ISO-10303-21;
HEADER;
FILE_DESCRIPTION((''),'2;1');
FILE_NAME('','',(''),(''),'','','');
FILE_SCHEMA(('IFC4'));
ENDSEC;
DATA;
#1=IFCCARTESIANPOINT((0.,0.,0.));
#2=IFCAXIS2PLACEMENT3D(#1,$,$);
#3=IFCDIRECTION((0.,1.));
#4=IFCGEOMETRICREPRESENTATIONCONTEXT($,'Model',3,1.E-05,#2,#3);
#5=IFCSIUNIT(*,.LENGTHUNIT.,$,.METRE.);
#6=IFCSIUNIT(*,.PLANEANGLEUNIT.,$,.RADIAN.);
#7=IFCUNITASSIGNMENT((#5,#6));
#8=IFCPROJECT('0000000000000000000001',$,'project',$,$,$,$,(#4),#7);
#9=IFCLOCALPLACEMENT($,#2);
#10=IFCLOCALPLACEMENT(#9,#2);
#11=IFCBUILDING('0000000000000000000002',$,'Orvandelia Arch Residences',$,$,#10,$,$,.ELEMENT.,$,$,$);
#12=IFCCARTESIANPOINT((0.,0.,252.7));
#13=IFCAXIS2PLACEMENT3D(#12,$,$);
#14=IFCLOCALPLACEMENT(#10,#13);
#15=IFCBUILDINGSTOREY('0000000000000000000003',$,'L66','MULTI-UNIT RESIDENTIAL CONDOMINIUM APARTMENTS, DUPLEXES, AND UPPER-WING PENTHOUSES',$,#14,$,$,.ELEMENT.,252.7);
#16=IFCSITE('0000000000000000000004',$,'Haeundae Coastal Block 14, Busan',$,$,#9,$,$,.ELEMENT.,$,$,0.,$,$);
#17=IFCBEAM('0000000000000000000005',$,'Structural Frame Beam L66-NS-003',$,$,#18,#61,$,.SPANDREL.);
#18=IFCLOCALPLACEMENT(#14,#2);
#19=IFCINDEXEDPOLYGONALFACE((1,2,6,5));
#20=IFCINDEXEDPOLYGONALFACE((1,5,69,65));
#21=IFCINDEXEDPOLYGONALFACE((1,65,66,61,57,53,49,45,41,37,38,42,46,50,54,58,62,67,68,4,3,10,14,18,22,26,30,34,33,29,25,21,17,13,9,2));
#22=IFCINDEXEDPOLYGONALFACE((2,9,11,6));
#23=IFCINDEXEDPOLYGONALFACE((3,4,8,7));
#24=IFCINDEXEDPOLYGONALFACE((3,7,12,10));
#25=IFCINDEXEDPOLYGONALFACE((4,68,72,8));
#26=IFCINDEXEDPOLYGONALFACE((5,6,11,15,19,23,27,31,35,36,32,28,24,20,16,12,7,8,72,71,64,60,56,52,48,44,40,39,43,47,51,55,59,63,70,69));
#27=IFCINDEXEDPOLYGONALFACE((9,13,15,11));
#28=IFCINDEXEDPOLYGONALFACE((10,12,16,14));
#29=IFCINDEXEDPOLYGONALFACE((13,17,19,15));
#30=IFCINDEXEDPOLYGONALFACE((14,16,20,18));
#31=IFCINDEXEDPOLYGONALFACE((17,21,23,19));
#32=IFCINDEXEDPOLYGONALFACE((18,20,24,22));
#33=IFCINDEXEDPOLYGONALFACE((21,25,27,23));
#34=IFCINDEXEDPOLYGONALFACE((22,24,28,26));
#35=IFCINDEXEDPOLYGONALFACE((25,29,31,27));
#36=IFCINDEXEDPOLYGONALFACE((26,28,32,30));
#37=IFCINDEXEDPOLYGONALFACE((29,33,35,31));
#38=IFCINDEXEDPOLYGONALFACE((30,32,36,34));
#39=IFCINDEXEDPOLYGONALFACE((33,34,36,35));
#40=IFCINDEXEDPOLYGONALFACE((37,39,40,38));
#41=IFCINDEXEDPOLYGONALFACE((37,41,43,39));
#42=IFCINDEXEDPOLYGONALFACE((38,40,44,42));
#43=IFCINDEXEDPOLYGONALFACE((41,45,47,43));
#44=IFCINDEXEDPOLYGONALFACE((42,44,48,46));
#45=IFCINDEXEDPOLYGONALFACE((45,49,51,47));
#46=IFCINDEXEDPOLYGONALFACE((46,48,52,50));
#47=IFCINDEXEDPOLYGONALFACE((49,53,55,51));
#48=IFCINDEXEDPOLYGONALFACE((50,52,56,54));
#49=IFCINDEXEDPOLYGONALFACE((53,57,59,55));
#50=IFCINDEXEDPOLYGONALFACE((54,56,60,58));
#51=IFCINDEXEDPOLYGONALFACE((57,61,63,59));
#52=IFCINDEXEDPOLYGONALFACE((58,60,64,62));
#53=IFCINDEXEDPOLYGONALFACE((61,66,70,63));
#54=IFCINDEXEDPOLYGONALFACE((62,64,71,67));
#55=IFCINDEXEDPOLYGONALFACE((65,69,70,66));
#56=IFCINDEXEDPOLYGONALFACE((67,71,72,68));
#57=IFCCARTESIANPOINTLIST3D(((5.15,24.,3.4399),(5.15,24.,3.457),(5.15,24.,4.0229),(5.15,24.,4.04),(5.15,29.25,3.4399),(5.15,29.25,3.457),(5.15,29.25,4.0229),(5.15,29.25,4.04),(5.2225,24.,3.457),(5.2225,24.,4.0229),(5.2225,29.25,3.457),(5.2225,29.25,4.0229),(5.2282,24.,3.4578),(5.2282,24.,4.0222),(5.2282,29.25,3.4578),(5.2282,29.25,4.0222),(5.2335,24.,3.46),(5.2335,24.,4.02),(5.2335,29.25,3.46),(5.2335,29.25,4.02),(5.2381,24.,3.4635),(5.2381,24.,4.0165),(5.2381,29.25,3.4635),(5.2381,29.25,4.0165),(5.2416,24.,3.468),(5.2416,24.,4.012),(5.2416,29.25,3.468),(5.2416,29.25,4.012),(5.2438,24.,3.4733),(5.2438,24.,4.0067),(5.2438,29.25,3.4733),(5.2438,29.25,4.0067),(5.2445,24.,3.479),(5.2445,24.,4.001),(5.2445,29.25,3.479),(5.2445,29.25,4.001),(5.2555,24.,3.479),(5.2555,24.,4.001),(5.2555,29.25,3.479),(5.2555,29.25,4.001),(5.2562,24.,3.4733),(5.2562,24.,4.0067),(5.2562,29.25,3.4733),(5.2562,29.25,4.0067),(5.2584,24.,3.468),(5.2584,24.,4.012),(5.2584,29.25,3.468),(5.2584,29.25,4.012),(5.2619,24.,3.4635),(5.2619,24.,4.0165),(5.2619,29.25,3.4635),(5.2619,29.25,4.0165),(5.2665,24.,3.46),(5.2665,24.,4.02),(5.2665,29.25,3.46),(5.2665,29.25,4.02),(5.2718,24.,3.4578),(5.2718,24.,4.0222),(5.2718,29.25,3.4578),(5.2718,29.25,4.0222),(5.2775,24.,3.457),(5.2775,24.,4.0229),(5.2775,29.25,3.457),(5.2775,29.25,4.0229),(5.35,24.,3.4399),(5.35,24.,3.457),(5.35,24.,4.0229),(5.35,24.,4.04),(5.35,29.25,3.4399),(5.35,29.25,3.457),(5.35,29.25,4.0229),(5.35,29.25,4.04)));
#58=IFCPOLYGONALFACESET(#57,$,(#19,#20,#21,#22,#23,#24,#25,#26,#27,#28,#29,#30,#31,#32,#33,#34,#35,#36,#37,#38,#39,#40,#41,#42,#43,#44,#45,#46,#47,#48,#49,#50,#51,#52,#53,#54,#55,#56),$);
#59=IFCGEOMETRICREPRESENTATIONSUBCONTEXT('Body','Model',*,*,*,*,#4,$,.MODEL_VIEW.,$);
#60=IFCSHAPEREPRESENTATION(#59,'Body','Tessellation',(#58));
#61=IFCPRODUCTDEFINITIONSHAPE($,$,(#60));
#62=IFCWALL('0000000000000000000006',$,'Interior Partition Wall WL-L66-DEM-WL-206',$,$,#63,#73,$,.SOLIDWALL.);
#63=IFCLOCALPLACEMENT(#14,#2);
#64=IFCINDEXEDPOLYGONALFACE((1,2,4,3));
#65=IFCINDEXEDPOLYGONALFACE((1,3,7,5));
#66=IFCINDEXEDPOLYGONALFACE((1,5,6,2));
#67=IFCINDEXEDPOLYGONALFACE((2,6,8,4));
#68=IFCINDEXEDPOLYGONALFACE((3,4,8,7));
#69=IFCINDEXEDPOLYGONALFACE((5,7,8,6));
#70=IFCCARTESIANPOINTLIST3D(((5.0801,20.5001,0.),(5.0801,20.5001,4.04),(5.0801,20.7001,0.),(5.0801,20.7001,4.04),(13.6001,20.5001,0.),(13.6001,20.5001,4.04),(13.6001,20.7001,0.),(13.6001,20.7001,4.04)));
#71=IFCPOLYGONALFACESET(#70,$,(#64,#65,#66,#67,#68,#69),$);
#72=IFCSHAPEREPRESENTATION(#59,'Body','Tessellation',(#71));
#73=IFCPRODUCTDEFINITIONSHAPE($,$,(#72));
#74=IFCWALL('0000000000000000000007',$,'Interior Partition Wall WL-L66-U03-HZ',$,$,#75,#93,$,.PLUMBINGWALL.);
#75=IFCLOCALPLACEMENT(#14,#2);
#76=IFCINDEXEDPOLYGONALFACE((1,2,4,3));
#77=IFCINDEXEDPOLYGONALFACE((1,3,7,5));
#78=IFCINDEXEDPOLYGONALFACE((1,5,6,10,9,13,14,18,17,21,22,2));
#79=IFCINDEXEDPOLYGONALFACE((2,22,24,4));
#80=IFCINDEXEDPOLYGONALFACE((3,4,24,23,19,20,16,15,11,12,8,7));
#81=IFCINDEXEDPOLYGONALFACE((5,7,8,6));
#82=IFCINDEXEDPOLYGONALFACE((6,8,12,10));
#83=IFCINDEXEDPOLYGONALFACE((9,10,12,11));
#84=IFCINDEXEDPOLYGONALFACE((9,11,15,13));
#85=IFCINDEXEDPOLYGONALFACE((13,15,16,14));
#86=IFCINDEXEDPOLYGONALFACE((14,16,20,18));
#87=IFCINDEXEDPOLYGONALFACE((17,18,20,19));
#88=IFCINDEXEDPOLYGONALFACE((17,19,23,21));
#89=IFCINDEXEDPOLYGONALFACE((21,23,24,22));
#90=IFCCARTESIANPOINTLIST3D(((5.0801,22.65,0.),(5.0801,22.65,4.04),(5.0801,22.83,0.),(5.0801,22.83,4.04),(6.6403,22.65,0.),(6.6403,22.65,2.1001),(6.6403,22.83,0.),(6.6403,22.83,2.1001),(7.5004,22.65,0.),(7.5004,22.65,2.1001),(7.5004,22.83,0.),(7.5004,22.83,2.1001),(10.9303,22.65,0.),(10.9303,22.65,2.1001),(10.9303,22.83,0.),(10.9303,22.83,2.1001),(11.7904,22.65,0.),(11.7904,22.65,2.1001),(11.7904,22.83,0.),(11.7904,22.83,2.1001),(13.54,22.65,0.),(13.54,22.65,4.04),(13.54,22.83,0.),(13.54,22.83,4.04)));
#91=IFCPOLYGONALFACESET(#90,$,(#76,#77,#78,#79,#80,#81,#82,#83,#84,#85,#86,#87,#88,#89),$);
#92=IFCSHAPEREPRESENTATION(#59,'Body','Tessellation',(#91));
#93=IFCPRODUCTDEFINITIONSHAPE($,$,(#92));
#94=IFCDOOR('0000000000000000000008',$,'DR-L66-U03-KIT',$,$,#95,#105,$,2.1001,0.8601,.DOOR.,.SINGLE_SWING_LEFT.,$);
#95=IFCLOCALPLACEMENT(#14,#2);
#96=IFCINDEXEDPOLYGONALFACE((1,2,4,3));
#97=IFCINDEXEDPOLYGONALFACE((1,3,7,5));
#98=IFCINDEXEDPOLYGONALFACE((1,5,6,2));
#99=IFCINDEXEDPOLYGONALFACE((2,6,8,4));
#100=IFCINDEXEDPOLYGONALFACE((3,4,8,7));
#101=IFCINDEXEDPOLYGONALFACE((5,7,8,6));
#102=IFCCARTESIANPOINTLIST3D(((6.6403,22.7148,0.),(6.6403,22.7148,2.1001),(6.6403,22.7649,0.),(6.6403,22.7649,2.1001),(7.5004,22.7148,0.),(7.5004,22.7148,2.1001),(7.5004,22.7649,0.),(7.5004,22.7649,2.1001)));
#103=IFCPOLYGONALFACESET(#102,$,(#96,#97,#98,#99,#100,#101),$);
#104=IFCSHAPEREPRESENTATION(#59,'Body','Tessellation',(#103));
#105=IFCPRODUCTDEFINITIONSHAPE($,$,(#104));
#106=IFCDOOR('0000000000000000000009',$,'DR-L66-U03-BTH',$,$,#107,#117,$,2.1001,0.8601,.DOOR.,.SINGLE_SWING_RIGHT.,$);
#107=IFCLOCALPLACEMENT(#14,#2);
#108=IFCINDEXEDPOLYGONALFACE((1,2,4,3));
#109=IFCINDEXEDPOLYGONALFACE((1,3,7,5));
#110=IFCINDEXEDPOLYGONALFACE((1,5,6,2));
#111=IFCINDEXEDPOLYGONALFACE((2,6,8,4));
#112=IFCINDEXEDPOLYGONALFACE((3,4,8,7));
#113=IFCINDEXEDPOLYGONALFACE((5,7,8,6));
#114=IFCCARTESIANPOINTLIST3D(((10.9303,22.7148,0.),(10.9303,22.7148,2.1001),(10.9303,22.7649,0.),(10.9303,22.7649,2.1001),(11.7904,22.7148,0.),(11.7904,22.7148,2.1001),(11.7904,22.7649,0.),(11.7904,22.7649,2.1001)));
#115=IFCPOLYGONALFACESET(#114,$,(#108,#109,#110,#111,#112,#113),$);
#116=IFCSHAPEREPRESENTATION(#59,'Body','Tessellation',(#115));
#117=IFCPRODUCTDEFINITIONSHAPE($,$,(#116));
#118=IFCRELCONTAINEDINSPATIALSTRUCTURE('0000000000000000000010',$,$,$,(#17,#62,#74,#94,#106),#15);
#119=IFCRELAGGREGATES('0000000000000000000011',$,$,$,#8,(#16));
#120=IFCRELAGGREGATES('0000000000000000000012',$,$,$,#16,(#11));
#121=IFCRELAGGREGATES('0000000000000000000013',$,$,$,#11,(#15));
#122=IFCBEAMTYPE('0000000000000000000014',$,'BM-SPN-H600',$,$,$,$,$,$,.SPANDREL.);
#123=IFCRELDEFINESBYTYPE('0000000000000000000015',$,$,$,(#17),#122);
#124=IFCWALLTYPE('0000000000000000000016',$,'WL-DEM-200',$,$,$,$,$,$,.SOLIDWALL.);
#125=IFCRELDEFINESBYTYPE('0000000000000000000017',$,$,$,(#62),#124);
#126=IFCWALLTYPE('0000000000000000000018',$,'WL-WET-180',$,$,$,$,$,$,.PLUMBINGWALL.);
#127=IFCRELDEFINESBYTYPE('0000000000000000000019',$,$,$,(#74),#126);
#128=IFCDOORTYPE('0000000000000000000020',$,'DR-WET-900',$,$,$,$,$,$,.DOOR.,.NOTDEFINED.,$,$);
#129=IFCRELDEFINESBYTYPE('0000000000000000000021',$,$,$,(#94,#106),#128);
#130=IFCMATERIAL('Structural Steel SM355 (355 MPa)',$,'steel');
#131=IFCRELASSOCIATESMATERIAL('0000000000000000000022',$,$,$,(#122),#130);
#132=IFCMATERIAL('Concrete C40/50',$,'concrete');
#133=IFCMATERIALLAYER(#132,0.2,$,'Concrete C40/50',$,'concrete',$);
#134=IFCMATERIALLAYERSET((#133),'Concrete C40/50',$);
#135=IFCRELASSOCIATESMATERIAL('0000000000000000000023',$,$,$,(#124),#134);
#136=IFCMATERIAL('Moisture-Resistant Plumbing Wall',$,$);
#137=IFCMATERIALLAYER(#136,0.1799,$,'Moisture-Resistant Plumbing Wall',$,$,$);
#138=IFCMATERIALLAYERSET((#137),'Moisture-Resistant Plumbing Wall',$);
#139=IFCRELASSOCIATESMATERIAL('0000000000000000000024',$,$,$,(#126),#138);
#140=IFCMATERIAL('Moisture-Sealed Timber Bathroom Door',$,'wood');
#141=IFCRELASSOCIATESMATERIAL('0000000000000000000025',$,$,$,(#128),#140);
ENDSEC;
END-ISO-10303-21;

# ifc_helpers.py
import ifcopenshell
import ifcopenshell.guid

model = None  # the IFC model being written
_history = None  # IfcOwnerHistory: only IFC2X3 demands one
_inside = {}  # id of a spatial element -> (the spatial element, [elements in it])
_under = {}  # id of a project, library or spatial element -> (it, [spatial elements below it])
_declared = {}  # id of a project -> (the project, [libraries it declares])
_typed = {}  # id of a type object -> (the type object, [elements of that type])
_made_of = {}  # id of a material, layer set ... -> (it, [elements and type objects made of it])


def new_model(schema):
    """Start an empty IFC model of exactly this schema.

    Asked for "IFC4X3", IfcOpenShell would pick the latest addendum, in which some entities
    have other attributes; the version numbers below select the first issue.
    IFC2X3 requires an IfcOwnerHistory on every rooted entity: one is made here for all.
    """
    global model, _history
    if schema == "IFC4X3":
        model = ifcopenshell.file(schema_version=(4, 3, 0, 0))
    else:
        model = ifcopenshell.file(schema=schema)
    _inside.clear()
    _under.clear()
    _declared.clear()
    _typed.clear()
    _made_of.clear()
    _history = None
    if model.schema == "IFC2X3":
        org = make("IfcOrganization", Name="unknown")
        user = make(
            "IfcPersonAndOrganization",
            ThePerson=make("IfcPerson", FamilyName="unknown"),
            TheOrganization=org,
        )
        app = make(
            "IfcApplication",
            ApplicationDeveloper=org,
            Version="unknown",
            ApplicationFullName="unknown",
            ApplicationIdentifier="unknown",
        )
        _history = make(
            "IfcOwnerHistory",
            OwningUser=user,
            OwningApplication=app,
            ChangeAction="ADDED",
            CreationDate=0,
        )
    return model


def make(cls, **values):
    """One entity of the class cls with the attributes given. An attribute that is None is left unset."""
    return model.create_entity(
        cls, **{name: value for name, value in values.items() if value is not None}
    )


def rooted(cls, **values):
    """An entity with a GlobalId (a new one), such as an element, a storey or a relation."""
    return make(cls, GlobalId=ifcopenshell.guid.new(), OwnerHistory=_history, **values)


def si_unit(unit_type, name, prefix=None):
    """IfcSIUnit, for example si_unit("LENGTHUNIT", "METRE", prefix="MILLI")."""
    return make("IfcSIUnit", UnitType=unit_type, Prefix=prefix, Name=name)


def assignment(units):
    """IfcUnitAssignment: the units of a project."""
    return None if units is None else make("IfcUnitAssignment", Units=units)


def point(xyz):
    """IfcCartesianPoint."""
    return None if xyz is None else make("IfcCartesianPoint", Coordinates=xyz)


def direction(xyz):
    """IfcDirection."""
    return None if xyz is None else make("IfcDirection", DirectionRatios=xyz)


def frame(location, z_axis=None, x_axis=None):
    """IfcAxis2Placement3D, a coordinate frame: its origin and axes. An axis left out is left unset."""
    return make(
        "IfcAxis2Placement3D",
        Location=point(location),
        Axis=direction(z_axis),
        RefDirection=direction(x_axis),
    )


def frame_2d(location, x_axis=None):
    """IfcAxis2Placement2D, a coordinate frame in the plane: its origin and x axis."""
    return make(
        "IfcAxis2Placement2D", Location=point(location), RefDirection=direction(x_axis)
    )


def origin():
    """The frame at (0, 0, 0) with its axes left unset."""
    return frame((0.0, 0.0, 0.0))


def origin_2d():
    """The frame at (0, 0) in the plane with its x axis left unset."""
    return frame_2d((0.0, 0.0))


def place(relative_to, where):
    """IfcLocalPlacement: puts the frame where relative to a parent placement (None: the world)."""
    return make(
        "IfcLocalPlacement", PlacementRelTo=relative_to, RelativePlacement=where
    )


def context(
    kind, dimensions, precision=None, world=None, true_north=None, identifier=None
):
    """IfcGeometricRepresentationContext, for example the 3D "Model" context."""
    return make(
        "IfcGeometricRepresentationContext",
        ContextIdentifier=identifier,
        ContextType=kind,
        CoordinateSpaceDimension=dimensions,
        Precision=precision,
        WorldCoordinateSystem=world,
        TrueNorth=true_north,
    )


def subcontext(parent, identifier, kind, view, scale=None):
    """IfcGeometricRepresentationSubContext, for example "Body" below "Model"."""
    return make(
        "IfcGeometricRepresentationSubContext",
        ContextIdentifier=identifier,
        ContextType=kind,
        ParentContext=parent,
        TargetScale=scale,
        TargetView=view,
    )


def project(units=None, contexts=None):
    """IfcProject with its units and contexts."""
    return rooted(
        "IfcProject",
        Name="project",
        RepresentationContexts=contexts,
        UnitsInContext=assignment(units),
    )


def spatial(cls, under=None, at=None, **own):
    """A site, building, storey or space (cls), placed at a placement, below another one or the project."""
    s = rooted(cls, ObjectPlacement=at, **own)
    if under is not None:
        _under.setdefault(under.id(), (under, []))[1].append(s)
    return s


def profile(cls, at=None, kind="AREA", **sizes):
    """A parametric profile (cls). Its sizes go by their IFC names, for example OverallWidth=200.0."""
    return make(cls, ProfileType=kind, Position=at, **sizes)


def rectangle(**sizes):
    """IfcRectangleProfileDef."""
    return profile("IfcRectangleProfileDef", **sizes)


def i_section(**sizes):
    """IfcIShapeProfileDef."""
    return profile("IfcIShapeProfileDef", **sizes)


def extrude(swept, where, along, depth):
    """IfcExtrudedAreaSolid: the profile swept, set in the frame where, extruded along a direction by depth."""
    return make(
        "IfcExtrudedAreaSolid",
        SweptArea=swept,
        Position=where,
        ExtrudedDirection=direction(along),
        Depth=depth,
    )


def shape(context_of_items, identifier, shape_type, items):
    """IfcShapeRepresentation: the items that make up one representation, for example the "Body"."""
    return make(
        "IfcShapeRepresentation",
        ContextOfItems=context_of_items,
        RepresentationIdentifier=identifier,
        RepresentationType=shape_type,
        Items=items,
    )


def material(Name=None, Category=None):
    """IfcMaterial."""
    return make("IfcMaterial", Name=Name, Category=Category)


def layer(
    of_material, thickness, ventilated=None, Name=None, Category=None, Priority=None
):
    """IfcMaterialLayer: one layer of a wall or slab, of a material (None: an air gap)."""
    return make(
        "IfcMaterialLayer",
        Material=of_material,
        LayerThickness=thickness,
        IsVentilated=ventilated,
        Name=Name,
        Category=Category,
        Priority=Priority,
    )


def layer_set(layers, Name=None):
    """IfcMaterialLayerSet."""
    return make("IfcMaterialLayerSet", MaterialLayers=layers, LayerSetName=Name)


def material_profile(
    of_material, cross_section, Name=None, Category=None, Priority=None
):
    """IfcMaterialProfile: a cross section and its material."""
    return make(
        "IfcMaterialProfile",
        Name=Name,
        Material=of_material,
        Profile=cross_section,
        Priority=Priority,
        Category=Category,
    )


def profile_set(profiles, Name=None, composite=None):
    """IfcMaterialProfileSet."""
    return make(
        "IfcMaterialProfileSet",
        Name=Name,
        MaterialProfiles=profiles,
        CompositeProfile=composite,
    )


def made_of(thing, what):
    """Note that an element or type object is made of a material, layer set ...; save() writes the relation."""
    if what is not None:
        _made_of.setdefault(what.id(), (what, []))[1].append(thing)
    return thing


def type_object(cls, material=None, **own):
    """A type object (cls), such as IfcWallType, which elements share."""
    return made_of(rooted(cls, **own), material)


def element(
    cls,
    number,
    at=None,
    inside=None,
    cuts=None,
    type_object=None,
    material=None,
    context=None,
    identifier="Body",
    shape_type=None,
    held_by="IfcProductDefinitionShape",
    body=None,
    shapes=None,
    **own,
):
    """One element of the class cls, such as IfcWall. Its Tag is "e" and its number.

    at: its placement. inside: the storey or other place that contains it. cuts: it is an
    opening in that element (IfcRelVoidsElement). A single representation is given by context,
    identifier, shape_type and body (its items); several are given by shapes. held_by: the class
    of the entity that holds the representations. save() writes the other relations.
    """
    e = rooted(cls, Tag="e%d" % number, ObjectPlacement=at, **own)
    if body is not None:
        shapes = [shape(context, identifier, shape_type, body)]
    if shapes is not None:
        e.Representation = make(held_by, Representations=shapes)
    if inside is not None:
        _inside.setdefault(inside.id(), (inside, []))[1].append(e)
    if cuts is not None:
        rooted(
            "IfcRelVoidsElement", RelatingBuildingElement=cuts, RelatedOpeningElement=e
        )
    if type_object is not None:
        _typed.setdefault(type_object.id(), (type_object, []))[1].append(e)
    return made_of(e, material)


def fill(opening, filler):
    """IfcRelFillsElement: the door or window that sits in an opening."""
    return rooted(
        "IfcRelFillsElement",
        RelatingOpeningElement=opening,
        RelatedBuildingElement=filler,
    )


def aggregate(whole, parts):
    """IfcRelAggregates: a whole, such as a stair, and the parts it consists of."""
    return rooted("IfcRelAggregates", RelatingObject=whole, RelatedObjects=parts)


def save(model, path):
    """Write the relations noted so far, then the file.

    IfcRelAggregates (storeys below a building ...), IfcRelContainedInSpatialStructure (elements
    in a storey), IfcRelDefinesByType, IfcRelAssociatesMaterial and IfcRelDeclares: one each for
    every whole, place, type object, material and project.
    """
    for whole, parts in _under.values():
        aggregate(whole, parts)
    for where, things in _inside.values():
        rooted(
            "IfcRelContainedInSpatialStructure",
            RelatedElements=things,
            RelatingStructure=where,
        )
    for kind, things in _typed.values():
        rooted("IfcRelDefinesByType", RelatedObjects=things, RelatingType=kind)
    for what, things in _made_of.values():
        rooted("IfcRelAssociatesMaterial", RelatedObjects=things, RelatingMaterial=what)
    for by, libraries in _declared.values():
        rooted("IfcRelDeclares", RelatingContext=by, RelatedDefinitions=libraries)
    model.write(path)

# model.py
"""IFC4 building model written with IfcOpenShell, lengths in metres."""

from ifc_helpers import new_model, si_unit, direction, frame, frame_2d, origin, origin_2d, place, context, subcontext, project, spatial, rectangle, i_section, extrude, material, layer, layer_set, material_profile, profile_set, type_object, element, fill, save


model = new_model("IFC4")

# Units and contexts
model_context = context("Model", 3, precision=1e-05, world=origin(), true_north=direction((0.0, 1.0)))
body_context = subcontext(model_context, "Body", "Model", "MODEL_VIEW")
ifc_project = project(units=[si_unit("LENGTHUNIT", "METRE"), si_unit("PLANEANGLEUNIT", "RADIAN")], contexts=[model_context])

# Site, building, storey
site_placement = place(None, origin())
site = spatial("IfcSite", under=ifc_project, at=site_placement, Name="Haeundae Coastal Block 14, Busan", CompositionType="ELEMENT", RefElevation=0.0)
building_placement = place(site_placement, origin())
building = spatial("IfcBuilding", under=site, at=building_placement, Name="Orvandelia Arch Residences", CompositionType="ELEMENT")
storey_placement = place(building_placement, frame((0.0, 0.0, 252.7)))
storey = spatial("IfcBuildingStorey", under=building, at=storey_placement, Name="L66", Description="MULTI-UNIT RESIDENTIAL CONDOMINIUM APARTMENTS, DUPLEXES, AND UPPER-WING PENTHOUSES", CompositionType="ELEMENT", Elevation=252.7)

# Beam
ifc_material_1 = material(Name="Structural Steel SM355 (355 MPa)", Category="steel")
ifc_material_profile_1 = material_profile(ifc_material_1, i_section(OverallWidth=0.2, OverallDepth=0.6001, WebThickness=0.011, FlangeThickness=0.0171, FilletRadius=0.022, at=origin_2d()), Name="Structural Steel SM355 (355 MPa)", Category="steel")
ifc_profile_set_1 = profile_set([ifc_material_profile_1], Name="Structural Steel SM355 (355 MPa)")
beam_type_1 = type_object("IfcBeamType", Name="BM-SPN-H600", PredefinedType="SPANDREL", material=ifc_profile_set_1)
beam_1_placement = place(storey_placement, frame((5.25, 24.0, 3.74), z_axis=(0.0, 1.0, 0.0), x_axis=(-1.0, 0.0, 0.0)))
element("IfcBeam", 1, at=beam_1_placement, inside=storey, type_object=beam_type_1, Name="Structural Frame Beam L66-NS-003", PredefinedType="SPANDREL", context=body_context, shape_type="SweptSolid", body=[
    extrude(i_section(OverallWidth=0.2, OverallDepth=0.6001, WebThickness=0.011, FlangeThickness=0.0171, FilletRadius=0.022, at=origin_2d()), origin(), (0.0, 0.0, 1.0), 5.25),
])

# Wall
ifc_material_2 = material(Name="Concrete C40/50", Category="concrete")
ifc_layer_1 = layer(ifc_material_2, 0.2, Name="Concrete C40/50", Category="concrete")
ifc_layer_set_1 = layer_set([ifc_layer_1], Name="Concrete C40/50")
wall_type_1 = type_object("IfcWallType", Name="WL-DEM-200", PredefinedType="SOLIDWALL", material=ifc_layer_set_1)
wall_1_placement = place(storey_placement, frame((5.0801, 20.6001, 0.0), z_axis=(0.0, 0.0, 1.0), x_axis=(1.0, 0.0, 0.0)))
element("IfcWall", 2, at=wall_1_placement, inside=storey, type_object=wall_type_1, Name="Interior Partition Wall WL-L66-DEM-WL-206", PredefinedType="SOLIDWALL", context=body_context, shape_type="SweptSolid", body=[
    extrude(rectangle(XDim=8.52, YDim=0.2, at=frame_2d((4.26, 0.0))), origin(), (0.0, 0.0, 1.0), 4.04),
])

# Wall, openings, doors
ifc_material_3 = material(Name="Moisture-Resistant Plumbing Wall")
ifc_layer_2 = layer(ifc_material_3, 0.1799, Name="Moisture-Resistant Plumbing Wall")
ifc_layer_set_2 = layer_set([ifc_layer_2], Name="Moisture-Resistant Plumbing Wall")
wall_type_2 = type_object("IfcWallType", Name="WL-WET-180", PredefinedType="PLUMBINGWALL", material=ifc_layer_set_2)
wall_2_placement = place(storey_placement, frame((5.0801, 22.74, 0.0), z_axis=(0.0, 0.0, 1.0), x_axis=(1.0, 0.0, 0.0)))
wall_2 = element("IfcWall", 3, at=wall_2_placement, inside=storey, type_object=wall_type_2, Name="Interior Partition Wall WL-L66-U03-HZ", PredefinedType="PLUMBINGWALL", context=body_context, shape_type="SweptSolid", body=[
    extrude(rectangle(XDim=8.46, YDim=0.1799, at=frame_2d((4.23, 0.0))), origin(), (0.0, 0.0, 1.0), 4.04),
])
opening_1_placement = place(wall_2_placement, frame((1.5601, 0.0, 0.0)))
opening_1 = element("IfcOpeningElement", 4, at=opening_1_placement, cuts=wall_2, PredefinedType="OPENING", context=body_context, shape_type="SweptSolid", body=[
    extrude(rectangle(XDim=0.8601, YDim=2.1001, at=frame_2d((0.4302, 1.05))), frame((0.0, 0.1001, 0.0), z_axis=(0.0, -1.0, 0.0), x_axis=(1.0, 0.0, 0.0)), (0.0, 0.0, 1.0), 0.2),
])
opening_2_placement = place(wall_2_placement, frame((5.8501, 0.0, 0.0)))
opening_2 = element("IfcOpeningElement", 5, at=opening_2_placement, cuts=wall_2, PredefinedType="OPENING", context=body_context, shape_type="SweptSolid", body=[
    extrude(rectangle(XDim=0.8601, YDim=2.1001, at=frame_2d((0.4302, 1.05))), frame((0.0, 0.1001, 0.0), z_axis=(0.0, -1.0, 0.0), x_axis=(1.0, 0.0, 0.0)), (0.0, 0.0, 1.0), 0.2),
])
ifc_material_4 = material(Name="Moisture-Sealed Timber Bathroom Door", Category="wood")
door_type = type_object("IfcDoorType", Name="DR-WET-900", OperationType="NOTDEFINED", PredefinedType="DOOR", material=ifc_material_4)
door_1_placement = place(opening_1_placement, origin())
door_1 = element("IfcDoor", 6, at=door_1_placement, inside=storey, type_object=door_type, Name="DR-L66-U03-KIT", OperationType="SINGLE_SWING_LEFT", OverallHeight=2.1001, OverallWidth=0.8601, PredefinedType="DOOR", context=body_context, shape_type="SweptSolid", body=[
    extrude(rectangle(XDim=0.8601, YDim=2.1001, at=frame_2d((0.4302, 1.05))), frame((0.0, 0.0249, 0.0), z_axis=(0.0, -1.0, 0.0), x_axis=(1.0, 0.0, 0.0)), (0.0, 0.0, 1.0), 0.05),
])
fill(opening_1, door_1)
door_2_placement = place(opening_2_placement, origin())
door_2 = element("IfcDoor", 7, at=door_2_placement, inside=storey, type_object=door_type, Name="DR-L66-U03-BTH", OperationType="SINGLE_SWING_RIGHT", OverallHeight=2.1001, OverallWidth=0.8601, PredefinedType="DOOR", context=body_context, shape_type="SweptSolid", body=[
    extrude(rectangle(XDim=0.8601, YDim=2.1001, at=frame_2d((0.4302, 1.05))), frame((0.0, 0.0249, 0.0), z_axis=(0.0, -1.0, 0.0), x_axis=(1.0, 0.0, 0.0)), (0.0, 0.0, 1.0), 0.05),
])
fill(opening_2, door_2)

save(model, "model.ifc")
